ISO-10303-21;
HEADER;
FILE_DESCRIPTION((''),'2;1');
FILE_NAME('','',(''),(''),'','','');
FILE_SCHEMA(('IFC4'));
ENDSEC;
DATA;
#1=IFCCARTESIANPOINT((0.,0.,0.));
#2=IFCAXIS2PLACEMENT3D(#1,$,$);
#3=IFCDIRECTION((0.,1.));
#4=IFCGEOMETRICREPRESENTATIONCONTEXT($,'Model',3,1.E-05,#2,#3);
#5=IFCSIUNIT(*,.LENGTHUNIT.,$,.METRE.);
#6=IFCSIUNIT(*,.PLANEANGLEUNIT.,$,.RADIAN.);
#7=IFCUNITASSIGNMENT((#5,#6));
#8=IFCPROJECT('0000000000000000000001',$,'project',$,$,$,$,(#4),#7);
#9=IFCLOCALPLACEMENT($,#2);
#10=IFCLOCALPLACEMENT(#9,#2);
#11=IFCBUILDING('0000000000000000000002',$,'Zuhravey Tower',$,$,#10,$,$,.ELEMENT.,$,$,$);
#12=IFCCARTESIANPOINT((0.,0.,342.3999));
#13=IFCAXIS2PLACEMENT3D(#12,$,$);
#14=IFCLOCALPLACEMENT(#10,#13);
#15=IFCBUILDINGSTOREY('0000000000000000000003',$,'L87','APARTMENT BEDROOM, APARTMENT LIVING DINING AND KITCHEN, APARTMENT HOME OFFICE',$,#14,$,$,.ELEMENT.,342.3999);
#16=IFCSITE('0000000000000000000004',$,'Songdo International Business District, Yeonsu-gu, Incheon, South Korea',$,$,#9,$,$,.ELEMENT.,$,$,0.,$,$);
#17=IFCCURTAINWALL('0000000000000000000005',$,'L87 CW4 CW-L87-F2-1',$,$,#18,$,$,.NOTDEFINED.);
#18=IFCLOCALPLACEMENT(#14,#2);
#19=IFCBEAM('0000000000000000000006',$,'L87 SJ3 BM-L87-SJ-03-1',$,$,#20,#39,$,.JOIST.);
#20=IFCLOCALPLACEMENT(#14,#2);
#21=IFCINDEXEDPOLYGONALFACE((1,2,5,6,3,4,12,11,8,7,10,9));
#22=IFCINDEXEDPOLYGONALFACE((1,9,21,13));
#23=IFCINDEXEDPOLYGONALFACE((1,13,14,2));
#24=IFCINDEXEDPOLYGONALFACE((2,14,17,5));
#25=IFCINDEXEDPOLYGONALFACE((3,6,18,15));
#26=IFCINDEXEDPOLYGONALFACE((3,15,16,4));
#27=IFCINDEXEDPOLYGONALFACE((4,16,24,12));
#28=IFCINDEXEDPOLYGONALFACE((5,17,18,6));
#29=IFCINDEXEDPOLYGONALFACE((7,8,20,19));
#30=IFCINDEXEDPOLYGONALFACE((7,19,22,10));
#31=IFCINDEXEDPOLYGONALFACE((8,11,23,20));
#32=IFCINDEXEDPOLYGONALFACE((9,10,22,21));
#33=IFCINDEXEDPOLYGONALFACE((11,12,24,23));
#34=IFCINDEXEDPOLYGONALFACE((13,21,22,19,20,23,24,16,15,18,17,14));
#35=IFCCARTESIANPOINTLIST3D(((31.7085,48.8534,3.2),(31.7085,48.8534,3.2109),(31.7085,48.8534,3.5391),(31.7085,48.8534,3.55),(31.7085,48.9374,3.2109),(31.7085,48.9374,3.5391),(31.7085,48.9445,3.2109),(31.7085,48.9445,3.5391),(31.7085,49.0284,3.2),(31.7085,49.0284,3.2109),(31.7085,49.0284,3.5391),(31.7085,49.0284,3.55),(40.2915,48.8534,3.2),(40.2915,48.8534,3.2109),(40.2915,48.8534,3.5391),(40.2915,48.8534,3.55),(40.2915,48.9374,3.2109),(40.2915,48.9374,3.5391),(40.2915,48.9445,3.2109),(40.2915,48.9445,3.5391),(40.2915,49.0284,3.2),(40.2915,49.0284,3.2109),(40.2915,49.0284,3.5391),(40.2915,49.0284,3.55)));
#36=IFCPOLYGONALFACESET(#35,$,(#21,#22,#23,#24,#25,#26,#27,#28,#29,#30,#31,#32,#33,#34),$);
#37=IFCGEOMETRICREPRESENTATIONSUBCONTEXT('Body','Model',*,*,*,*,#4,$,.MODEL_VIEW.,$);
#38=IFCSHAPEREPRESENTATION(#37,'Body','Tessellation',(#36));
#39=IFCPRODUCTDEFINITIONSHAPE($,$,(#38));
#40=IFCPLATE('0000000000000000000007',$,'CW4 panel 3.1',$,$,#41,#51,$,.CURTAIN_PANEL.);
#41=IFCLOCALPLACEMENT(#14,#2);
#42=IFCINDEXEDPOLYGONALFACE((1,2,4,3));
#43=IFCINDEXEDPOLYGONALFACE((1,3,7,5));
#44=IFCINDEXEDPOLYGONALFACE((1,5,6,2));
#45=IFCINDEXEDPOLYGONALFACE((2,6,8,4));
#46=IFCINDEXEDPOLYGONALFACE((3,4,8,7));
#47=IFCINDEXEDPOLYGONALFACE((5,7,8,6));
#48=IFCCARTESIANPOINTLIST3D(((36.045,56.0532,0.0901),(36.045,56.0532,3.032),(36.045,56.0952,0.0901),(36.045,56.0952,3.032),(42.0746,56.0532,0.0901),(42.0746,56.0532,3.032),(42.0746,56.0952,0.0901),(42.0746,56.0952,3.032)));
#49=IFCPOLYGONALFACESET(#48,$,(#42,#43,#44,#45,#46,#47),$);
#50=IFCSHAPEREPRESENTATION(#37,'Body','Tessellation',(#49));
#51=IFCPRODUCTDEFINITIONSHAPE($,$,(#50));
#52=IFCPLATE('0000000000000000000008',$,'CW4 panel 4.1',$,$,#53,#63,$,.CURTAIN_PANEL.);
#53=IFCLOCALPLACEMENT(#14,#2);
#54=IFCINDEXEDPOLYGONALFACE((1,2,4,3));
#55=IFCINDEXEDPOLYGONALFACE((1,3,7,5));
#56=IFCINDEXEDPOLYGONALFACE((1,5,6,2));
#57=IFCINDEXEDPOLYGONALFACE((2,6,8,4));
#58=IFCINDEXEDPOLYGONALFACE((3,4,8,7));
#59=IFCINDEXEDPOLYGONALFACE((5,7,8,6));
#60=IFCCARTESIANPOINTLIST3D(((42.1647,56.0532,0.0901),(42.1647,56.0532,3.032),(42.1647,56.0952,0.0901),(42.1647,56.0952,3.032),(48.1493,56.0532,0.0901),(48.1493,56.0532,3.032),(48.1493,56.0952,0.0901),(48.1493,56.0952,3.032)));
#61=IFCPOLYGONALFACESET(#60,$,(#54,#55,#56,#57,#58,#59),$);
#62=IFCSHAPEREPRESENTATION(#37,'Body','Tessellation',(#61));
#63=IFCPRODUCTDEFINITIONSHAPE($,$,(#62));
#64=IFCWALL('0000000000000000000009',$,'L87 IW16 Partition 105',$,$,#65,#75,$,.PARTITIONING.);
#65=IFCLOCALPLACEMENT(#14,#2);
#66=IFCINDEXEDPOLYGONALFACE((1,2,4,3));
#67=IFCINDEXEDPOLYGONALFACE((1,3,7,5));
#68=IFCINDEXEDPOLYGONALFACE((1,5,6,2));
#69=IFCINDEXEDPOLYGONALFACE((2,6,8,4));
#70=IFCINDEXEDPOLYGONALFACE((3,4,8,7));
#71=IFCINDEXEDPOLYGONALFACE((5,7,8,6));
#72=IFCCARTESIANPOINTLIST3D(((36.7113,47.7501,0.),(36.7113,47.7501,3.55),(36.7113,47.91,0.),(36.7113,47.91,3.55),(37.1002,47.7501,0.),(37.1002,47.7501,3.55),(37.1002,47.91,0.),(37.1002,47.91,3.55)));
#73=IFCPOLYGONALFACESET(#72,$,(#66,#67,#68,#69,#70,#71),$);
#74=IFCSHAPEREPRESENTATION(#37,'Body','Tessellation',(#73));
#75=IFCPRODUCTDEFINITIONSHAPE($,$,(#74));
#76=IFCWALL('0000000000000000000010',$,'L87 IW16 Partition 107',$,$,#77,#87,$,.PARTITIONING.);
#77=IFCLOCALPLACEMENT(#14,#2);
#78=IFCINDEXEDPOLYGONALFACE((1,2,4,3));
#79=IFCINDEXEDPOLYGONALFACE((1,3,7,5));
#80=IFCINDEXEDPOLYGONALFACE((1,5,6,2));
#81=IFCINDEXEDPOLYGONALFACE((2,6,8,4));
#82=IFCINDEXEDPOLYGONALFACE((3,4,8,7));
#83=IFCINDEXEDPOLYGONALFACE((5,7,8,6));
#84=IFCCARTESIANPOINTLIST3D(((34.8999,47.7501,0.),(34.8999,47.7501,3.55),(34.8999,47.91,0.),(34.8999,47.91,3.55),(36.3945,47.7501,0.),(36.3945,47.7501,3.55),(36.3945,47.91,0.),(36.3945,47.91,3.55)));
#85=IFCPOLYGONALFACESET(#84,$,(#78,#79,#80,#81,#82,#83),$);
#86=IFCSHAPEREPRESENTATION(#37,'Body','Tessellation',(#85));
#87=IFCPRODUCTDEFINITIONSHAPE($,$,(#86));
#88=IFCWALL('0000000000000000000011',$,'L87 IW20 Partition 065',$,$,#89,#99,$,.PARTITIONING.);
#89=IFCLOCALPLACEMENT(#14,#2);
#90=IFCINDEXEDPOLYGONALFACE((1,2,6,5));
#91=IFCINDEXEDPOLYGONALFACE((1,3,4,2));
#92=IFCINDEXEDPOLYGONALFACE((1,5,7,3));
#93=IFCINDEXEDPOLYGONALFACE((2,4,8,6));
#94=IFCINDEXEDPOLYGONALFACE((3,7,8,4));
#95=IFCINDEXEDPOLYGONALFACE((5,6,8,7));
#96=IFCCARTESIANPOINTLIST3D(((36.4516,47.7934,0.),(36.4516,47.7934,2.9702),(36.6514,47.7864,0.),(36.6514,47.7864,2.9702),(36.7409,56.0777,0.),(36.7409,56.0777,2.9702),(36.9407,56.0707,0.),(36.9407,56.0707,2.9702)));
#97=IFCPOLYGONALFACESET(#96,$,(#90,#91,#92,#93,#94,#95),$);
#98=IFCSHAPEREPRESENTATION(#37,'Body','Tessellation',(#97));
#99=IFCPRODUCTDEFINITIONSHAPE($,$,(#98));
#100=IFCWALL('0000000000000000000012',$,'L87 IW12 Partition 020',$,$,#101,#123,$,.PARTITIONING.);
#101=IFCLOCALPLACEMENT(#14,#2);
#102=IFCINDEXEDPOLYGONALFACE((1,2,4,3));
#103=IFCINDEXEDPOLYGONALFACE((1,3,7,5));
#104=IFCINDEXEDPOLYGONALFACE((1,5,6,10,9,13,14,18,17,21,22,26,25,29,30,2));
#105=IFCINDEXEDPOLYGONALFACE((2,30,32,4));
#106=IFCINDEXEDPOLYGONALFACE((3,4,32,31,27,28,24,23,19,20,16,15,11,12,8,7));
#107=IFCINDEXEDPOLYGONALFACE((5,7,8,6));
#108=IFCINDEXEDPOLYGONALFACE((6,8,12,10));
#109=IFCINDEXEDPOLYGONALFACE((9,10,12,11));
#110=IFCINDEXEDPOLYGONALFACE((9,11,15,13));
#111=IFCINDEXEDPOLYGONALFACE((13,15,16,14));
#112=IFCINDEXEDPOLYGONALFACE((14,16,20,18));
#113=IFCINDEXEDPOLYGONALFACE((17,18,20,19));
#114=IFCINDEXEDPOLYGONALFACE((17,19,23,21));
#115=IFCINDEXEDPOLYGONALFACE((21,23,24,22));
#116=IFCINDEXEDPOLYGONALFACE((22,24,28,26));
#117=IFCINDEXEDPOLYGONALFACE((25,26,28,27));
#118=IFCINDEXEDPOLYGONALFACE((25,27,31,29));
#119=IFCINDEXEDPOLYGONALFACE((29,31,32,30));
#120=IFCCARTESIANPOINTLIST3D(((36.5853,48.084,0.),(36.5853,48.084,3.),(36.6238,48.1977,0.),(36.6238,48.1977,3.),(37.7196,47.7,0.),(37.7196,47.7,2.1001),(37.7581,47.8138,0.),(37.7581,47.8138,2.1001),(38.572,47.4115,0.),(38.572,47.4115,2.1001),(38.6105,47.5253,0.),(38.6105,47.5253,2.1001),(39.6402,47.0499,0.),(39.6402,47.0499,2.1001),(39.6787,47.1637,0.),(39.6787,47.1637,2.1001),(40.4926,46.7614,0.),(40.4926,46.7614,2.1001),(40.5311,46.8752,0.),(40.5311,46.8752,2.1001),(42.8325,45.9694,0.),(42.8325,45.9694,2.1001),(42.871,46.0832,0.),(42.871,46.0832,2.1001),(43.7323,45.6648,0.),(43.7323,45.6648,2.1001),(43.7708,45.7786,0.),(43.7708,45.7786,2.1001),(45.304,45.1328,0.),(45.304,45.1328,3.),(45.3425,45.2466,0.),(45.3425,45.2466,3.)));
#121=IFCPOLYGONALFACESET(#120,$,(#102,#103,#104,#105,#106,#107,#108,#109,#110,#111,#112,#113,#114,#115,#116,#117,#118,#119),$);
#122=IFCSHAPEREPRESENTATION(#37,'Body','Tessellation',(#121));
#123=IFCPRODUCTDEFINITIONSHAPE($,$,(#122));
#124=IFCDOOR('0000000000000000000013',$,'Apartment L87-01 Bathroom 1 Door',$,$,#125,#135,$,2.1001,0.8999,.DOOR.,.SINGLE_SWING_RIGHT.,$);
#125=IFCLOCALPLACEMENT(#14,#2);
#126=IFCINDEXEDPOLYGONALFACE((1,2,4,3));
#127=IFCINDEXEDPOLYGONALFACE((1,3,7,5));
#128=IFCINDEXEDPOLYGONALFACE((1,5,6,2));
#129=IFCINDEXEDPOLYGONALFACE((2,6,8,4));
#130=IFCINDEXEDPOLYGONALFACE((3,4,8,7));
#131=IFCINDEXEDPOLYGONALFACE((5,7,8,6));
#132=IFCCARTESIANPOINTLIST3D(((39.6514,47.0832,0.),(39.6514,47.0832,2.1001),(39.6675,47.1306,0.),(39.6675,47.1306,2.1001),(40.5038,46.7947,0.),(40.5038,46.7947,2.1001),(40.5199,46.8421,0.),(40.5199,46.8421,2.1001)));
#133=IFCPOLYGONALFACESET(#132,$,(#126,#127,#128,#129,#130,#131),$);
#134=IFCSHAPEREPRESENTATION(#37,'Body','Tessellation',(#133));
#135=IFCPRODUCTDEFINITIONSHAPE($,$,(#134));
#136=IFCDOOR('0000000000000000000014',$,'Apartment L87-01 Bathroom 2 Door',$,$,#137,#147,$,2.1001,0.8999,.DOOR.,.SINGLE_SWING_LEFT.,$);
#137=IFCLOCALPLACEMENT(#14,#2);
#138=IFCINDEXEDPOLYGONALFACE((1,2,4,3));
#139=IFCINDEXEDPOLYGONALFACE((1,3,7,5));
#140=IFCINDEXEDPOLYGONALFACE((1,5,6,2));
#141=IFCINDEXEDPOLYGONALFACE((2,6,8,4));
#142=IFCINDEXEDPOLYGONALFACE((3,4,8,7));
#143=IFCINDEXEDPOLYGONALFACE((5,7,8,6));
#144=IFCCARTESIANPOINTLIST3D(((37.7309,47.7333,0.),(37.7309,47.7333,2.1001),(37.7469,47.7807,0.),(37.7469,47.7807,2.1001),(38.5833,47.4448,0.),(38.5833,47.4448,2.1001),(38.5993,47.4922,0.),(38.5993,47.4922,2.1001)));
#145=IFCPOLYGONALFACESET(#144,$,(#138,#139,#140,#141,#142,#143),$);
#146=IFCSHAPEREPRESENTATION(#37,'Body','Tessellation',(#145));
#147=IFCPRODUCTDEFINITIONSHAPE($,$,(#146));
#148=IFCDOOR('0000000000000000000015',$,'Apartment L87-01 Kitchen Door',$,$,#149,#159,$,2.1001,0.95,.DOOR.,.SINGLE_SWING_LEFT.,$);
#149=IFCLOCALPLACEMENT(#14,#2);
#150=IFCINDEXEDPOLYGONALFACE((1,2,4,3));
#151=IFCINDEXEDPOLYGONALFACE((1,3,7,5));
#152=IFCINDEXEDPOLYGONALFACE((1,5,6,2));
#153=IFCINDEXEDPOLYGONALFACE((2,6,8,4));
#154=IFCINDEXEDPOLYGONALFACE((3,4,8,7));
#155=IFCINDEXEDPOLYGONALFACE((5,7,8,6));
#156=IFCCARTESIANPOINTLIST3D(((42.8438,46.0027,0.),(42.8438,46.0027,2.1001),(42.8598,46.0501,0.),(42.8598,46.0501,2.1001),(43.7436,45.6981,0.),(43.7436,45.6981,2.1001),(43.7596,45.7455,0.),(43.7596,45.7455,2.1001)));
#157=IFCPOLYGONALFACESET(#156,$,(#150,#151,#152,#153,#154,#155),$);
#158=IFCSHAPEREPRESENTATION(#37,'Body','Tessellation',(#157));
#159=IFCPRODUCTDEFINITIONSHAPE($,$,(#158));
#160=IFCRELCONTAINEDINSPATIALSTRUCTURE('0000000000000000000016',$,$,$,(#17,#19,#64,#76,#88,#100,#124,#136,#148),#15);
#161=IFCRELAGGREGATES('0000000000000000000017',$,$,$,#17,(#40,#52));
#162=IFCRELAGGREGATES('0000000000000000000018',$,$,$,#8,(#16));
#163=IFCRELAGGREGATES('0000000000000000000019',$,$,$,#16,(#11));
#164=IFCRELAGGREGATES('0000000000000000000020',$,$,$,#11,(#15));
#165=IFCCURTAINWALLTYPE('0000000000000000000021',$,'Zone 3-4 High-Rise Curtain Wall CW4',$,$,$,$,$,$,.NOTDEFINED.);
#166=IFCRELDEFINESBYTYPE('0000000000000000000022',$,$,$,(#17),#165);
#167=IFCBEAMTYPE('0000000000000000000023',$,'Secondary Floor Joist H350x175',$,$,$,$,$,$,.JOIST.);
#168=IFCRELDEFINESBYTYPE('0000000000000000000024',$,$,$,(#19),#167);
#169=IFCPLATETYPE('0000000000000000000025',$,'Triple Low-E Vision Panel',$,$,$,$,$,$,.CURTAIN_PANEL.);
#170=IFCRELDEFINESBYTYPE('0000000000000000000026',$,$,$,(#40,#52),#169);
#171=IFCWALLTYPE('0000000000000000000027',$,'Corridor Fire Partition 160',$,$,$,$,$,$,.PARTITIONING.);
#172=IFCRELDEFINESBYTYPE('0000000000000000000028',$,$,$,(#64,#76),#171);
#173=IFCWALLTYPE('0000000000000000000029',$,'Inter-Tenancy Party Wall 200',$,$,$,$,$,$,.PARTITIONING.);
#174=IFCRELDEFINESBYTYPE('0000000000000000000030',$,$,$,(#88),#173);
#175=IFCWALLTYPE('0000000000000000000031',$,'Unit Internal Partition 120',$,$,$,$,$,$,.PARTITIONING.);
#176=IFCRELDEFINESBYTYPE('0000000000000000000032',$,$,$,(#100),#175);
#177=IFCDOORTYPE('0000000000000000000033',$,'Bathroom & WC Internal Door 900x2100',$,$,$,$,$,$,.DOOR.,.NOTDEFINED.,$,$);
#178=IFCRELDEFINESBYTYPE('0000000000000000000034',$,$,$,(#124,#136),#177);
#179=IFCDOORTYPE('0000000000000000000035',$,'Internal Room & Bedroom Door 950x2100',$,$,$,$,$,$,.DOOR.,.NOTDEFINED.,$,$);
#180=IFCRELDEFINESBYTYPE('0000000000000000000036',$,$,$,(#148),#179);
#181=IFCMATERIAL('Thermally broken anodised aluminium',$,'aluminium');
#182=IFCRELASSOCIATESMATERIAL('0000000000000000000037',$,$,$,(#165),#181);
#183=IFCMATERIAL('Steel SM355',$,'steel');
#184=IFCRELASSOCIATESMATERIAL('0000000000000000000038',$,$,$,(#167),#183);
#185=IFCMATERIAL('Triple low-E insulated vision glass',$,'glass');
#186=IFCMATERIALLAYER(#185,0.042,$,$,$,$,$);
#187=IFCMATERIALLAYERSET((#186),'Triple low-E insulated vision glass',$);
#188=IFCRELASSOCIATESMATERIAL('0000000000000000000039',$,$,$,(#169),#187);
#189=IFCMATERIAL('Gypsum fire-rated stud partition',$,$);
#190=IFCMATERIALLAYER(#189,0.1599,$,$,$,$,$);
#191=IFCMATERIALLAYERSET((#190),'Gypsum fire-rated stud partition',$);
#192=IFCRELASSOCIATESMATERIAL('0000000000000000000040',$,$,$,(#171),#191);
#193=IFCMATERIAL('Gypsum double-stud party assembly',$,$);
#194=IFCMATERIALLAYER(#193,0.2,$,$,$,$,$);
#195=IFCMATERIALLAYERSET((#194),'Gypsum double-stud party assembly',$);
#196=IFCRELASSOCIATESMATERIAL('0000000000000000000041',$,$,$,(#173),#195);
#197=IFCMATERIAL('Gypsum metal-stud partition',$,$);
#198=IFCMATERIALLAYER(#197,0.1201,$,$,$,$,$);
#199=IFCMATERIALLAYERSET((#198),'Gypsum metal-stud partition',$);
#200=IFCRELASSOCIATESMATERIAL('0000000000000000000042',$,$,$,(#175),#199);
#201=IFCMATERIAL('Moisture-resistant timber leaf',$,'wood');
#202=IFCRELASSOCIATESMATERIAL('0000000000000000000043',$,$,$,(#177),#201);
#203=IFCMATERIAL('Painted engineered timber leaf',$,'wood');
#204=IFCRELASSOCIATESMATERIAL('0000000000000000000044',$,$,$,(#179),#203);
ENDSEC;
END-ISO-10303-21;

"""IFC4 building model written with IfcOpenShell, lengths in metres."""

from ifc_helpers import new_model, si_unit, direction, frame, frame_2d, origin, origin_2d, place, context, subcontext, project, spatial, rectangle, i_section, extrude, material, layer, layer_set, material_profile, profile_set, type_object, element, fill, aggregate, save


model = new_model("IFC4")

# Units and contexts
model_context = context("Model", 3, precision=1e-05, world=origin(), true_north=direction((0.0, 1.0)))
body_context = subcontext(model_context, "Body", "Model", "MODEL_VIEW")
ifc_project = project(units=[si_unit("LENGTHUNIT", "METRE"), si_unit("PLANEANGLEUNIT", "RADIAN")], contexts=[model_context])

# Site, building, storey
site_placement = place(None, origin())
site = spatial("IfcSite", under=ifc_project, at=site_placement, Name="Songdo International Business District, Yeonsu-gu, Incheon, South Korea", CompositionType="ELEMENT", RefElevation=0.0)
building_placement = place(site_placement, origin())
building = spatial("IfcBuilding", under=site, at=building_placement, Name="Zuhravey Tower", CompositionType="ELEMENT")
storey_placement = place(building_placement, frame((0.0, 0.0, 342.3999)))
storey = spatial("IfcBuildingStorey", under=building, at=storey_placement, Name="L87", Description="APARTMENT BEDROOM, APARTMENT LIVING DINING AND KITCHEN, APARTMENT HOME OFFICE", CompositionType="ELEMENT", Elevation=342.3999)

# Curtain wall
ifc_material_1 = material(Name="Thermally broken anodised aluminium", Category="aluminium")
curtain_wall_type = type_object("IfcCurtainWallType", Name="Zone 3-4 High-Rise Curtain Wall CW4", PredefinedType="NOTDEFINED", material=ifc_material_1)
curtain_wall_placement = place(storey_placement, origin())
curtain_wall = element("IfcCurtainWall", 1, at=curtain_wall_placement, inside=storey, type_object=curtain_wall_type, Name="L87 CW4 CW-L87-F2-1", PredefinedType="NOTDEFINED")

# Beam
ifc_material_2 = material(Name="Steel SM355", Category="steel")
ifc_material_profile_1 = material_profile(ifc_material_2, i_section(OverallWidth=0.175, OverallDepth=0.3501, WebThickness=0.0071, FlangeThickness=0.011, at=origin_2d()), Name="H-350x175x7x11")
ifc_profile_set_1 = profile_set([ifc_material_profile_1], Name="Steel SM355")
beam_type_1 = type_object("IfcBeamType", Name="Secondary Floor Joist H350x175", PredefinedType="JOIST", material=ifc_profile_set_1)
beam_1_placement = place(storey_placement, frame((40.2915, 48.9409, 3.375), z_axis=(-1.0, 0.0, 0.0), x_axis=(0.0, -1.0, 0.0)))
element("IfcBeam", 2, at=beam_1_placement, inside=storey, type_object=beam_type_1, Name="L87 SJ3 BM-L87-SJ-03-1", PredefinedType="JOIST", context=body_context, shape_type="SweptSolid", body=[
    extrude(i_section(OverallWidth=0.175, OverallDepth=0.3501, WebThickness=0.0071, FlangeThickness=0.011, at=origin_2d()), origin(), (0.0, 0.0, 1.0), 8.583),
])

# Plates
ifc_material_3 = material(Name="Triple low-E insulated vision glass", Category="glass")
ifc_layer_1 = layer(ifc_material_3, 0.042)
ifc_layer_set_1 = layer_set([ifc_layer_1], Name="Triple low-E insulated vision glass")
plate_type = type_object("IfcPlateType", Name="Triple Low-E Vision Panel", PredefinedType="CURTAIN_PANEL", material=ifc_layer_set_1)
plate_1_placement = place(storey_placement, frame((39.0598, 56.0742, 0.0901), z_axis=(0.0, 0.0, 1.0), x_axis=(1.0, 0.0, 0.0)))
plate_1 = element("IfcPlate", 3, at=plate_1_placement, type_object=plate_type, Name="CW4 panel 3.1", PredefinedType="CURTAIN_PANEL", context=body_context, shape_type="SweptSolid", body=[
    extrude(rectangle(XDim=6.0295, YDim=0.042, at=origin_2d()), origin(), (0.0, 0.0, 1.0), 2.9419),
])
plate_2_placement = place(storey_placement, frame((45.157, 56.0742, 0.0901), z_axis=(0.0, 0.0, 1.0), x_axis=(1.0, 0.0, 0.0)))
plate_2 = element("IfcPlate", 4, at=plate_2_placement, type_object=plate_type, Name="CW4 panel 4.1", PredefinedType="CURTAIN_PANEL", context=body_context, shape_type="SweptSolid", body=[
    extrude(rectangle(XDim=5.9846, YDim=0.042, at=origin_2d()), origin(), (0.0, 0.0, 1.0), 2.9419),
])
aggregate(curtain_wall, [plate_1, plate_2])

# Walls
ifc_material_4 = material(Name="Gypsum fire-rated stud partition")
ifc_layer_2 = layer(ifc_material_4, 0.1599)
ifc_layer_set_2 = layer_set([ifc_layer_2], Name="Gypsum fire-rated stud partition")
wall_type_1 = type_object("IfcWallType", Name="Corridor Fire Partition 160", PredefinedType="PARTITIONING", material=ifc_layer_set_2)
wall_1_placement = place(storey_placement, frame((37.1001, 47.8301, 0.0), z_axis=(0.0, 0.0, 1.0), x_axis=(-1.0, 0.0, 0.0)))
element("IfcWall", 5, at=wall_1_placement, inside=storey, type_object=wall_type_1, Name="L87 IW16 Partition 105", PredefinedType="PARTITIONING", context=body_context, shape_type="SweptSolid", body=[
    extrude(rectangle(XDim=0.3889, YDim=0.1599, at=frame_2d((0.1943, 0.0))), origin(), (0.0, 0.0, 1.0), 3.55),
])
wall_2_placement = place(storey_placement, frame((36.3945, 47.8301, 0.0), z_axis=(0.0, 0.0, 1.0), x_axis=(-1.0, 0.0, 0.0)))
element("IfcWall", 6, at=wall_2_placement, inside=storey, type_object=wall_type_1, Name="L87 IW16 Partition 107", PredefinedType="PARTITIONING", context=body_context, shape_type="SweptSolid", body=[
    extrude(rectangle(XDim=1.4946, YDim=0.1599, at=frame_2d((0.7473, 0.0))), origin(), (0.0, 0.0, 1.0), 3.55),
])
ifc_material_5 = material(Name="Gypsum double-stud party assembly")
ifc_layer_3 = layer(ifc_material_5, 0.2)
ifc_layer_set_3 = layer_set([ifc_layer_3], Name="Gypsum double-stud party assembly")
wall_type_2 = type_object("IfcWallType", Name="Inter-Tenancy Party Wall 200", PredefinedType="PARTITIONING", material=ifc_layer_set_3)
wall_3_placement = place(storey_placement, frame((36.5515, 47.79, 0.0), z_axis=(0.0, 0.0, 1.0), x_axis=(0.034902, 0.999391, 0.0)))
element("IfcWall", 7, at=wall_3_placement, inside=storey, type_object=wall_type_2, Name="L87 IW20 Partition 065", PredefinedType="PARTITIONING", context=body_context, shape_type="SweptSolid", body=[
    extrude(rectangle(XDim=8.2893, YDim=0.2, at=frame_2d((4.1445, 0.0))), origin(), (0.0, 0.0, 1.0), 2.9702),
])

# Wall, openings, doors
ifc_material_6 = material(Name="Gypsum metal-stud partition")
ifc_layer_4 = layer(ifc_material_6, 0.1201)
ifc_layer_set_4 = layer_set([ifc_layer_4], Name="Gypsum metal-stud partition")
wall_type_3 = type_object("IfcWallType", Name="Unit Internal Partition 120", PredefinedType="PARTITIONING", material=ifc_layer_set_4)
wall_4_placement = place(storey_placement, frame((45.3232, 45.1897, 0.0), z_axis=(0.0, 0.0, 1.0), x_axis=(-0.947209, 0.320617, 0.0)))
wall_4 = element("IfcWall", 8, at=wall_4_placement, inside=storey, type_object=wall_type_3, Name="L87 IW12 Partition 020", PredefinedType="PARTITIONING", context=body_context, shape_type="SweptSolid", body=[
    extrude(rectangle(XDim=9.2046, YDim=0.1201, at=frame_2d((4.6023, 0.0))), origin(), (0.0, 0.0, 1.0), 3.0),
])
opening_1_placement = place(wall_4_placement, frame((1.6592, 0.0, 0.0)))
opening_1 = element("IfcOpeningElement", 9, at=opening_1_placement, cuts=wall_4, PredefinedType="OPENING", context=body_context, shape_type="SweptSolid", body=[
    extrude(rectangle(XDim=0.95, YDim=2.1001, at=frame_2d((0.4751, 1.05))), frame((0.0, 0.072, 0.0), z_axis=(0.0, -1.0, 0.0), x_axis=(1.0, 0.0, 0.0)), (0.0, 0.0, 1.0), 0.144),
])
opening_2_placement = place(wall_4_placement, frame((5.0796, 0.0, 0.0)))
opening_2 = element("IfcOpeningElement", 10, at=opening_2_placement, cuts=wall_4, PredefinedType="OPENING", context=body_context, shape_type="SweptSolid", body=[
    extrude(rectangle(XDim=0.8999, YDim=2.1001, at=frame_2d((0.45, 1.05))), frame((0.0, 0.072, 0.0), z_axis=(0.0, -1.0, 0.0), x_axis=(1.0, 0.0, 0.0)), (0.0, 0.0, 1.0), 0.144),
])
opening_3_placement = place(wall_4_placement, frame((7.1072, 0.0, 0.0)))
opening_3 = element("IfcOpeningElement", 11, at=opening_3_placement, cuts=wall_4, PredefinedType="OPENING", context=body_context, shape_type="SweptSolid", body=[
    extrude(rectangle(XDim=0.8999, YDim=2.1001, at=frame_2d((0.45, 1.05))), frame((0.0, 0.072, 0.0), z_axis=(0.0, -1.0, 0.0), x_axis=(1.0, 0.0, 0.0)), (0.0, 0.0, 1.0), 0.144),
])
ifc_material_7 = material(Name="Moisture-resistant timber leaf", Category="wood")
door_type_1 = type_object("IfcDoorType", Name="Bathroom & WC Internal Door 900x2100", OperationType="NOTDEFINED", PredefinedType="DOOR", material=ifc_material_7)
door_1_placement = place(opening_2_placement, origin())
door_1 = element("IfcDoor", 12, at=door_1_placement, inside=storey, type_object=door_type_1, Name="Apartment L87-01 Bathroom 1 Door", OperationType="SINGLE_SWING_RIGHT", OverallHeight=2.1001, OverallWidth=0.8999, PredefinedType="DOOR", context=body_context, shape_type="SweptSolid", body=[
    extrude(rectangle(XDim=0.8999, YDim=2.1001, at=frame_2d((0.45, 1.05))), frame((0.0, 0.0249, 0.0), z_axis=(0.0, -1.0, 0.0), x_axis=(1.0, 0.0, 0.0)), (0.0, 0.0, 1.0), 0.05),
])
fill(opening_2, door_1)
door_2_placement = place(opening_3_placement, origin())
door_2 = element("IfcDoor", 13, at=door_2_placement, inside=storey, type_object=door_type_1, Name="Apartment L87-01 Bathroom 2 Door", OperationType="SINGLE_SWING_LEFT", OverallHeight=2.1001, OverallWidth=0.8999, PredefinedType="DOOR", context=body_context, shape_type="SweptSolid", body=[
    extrude(rectangle(XDim=0.8999, YDim=2.1001, at=frame_2d((0.45, 1.05))), frame((0.0, 0.0249, 0.0), z_axis=(0.0, -1.0, 0.0), x_axis=(1.0, 0.0, 0.0)), (0.0, 0.0, 1.0), 0.05),
])
fill(opening_3, door_2)
ifc_material_8 = material(Name="Painted engineered timber leaf", Category="wood")
door_type_2 = type_object("IfcDoorType", Name="Internal Room & Bedroom Door 950x2100", OperationType="NOTDEFINED", PredefinedType="DOOR", material=ifc_material_8)
door_3_placement = place(opening_1_placement, origin())
door_3 = element("IfcDoor", 14, at=door_3_placement, inside=storey, type_object=door_type_2, Name="Apartment L87-01 Kitchen Door", OperationType="SINGLE_SWING_LEFT", OverallHeight=2.1001, OverallWidth=0.95, PredefinedType="DOOR", context=body_context, shape_type="SweptSolid", body=[
    extrude(rectangle(XDim=0.95, YDim=2.1001, at=frame_2d((0.4751, 1.05))), frame((0.0, 0.0249, 0.0), z_axis=(0.0, -1.0, 0.0), x_axis=(1.0, 0.0, 0.0)), (0.0, 0.0, 1.0), 0.05),
])
fill(opening_1, door_3)

save(model, "model.ifc")
